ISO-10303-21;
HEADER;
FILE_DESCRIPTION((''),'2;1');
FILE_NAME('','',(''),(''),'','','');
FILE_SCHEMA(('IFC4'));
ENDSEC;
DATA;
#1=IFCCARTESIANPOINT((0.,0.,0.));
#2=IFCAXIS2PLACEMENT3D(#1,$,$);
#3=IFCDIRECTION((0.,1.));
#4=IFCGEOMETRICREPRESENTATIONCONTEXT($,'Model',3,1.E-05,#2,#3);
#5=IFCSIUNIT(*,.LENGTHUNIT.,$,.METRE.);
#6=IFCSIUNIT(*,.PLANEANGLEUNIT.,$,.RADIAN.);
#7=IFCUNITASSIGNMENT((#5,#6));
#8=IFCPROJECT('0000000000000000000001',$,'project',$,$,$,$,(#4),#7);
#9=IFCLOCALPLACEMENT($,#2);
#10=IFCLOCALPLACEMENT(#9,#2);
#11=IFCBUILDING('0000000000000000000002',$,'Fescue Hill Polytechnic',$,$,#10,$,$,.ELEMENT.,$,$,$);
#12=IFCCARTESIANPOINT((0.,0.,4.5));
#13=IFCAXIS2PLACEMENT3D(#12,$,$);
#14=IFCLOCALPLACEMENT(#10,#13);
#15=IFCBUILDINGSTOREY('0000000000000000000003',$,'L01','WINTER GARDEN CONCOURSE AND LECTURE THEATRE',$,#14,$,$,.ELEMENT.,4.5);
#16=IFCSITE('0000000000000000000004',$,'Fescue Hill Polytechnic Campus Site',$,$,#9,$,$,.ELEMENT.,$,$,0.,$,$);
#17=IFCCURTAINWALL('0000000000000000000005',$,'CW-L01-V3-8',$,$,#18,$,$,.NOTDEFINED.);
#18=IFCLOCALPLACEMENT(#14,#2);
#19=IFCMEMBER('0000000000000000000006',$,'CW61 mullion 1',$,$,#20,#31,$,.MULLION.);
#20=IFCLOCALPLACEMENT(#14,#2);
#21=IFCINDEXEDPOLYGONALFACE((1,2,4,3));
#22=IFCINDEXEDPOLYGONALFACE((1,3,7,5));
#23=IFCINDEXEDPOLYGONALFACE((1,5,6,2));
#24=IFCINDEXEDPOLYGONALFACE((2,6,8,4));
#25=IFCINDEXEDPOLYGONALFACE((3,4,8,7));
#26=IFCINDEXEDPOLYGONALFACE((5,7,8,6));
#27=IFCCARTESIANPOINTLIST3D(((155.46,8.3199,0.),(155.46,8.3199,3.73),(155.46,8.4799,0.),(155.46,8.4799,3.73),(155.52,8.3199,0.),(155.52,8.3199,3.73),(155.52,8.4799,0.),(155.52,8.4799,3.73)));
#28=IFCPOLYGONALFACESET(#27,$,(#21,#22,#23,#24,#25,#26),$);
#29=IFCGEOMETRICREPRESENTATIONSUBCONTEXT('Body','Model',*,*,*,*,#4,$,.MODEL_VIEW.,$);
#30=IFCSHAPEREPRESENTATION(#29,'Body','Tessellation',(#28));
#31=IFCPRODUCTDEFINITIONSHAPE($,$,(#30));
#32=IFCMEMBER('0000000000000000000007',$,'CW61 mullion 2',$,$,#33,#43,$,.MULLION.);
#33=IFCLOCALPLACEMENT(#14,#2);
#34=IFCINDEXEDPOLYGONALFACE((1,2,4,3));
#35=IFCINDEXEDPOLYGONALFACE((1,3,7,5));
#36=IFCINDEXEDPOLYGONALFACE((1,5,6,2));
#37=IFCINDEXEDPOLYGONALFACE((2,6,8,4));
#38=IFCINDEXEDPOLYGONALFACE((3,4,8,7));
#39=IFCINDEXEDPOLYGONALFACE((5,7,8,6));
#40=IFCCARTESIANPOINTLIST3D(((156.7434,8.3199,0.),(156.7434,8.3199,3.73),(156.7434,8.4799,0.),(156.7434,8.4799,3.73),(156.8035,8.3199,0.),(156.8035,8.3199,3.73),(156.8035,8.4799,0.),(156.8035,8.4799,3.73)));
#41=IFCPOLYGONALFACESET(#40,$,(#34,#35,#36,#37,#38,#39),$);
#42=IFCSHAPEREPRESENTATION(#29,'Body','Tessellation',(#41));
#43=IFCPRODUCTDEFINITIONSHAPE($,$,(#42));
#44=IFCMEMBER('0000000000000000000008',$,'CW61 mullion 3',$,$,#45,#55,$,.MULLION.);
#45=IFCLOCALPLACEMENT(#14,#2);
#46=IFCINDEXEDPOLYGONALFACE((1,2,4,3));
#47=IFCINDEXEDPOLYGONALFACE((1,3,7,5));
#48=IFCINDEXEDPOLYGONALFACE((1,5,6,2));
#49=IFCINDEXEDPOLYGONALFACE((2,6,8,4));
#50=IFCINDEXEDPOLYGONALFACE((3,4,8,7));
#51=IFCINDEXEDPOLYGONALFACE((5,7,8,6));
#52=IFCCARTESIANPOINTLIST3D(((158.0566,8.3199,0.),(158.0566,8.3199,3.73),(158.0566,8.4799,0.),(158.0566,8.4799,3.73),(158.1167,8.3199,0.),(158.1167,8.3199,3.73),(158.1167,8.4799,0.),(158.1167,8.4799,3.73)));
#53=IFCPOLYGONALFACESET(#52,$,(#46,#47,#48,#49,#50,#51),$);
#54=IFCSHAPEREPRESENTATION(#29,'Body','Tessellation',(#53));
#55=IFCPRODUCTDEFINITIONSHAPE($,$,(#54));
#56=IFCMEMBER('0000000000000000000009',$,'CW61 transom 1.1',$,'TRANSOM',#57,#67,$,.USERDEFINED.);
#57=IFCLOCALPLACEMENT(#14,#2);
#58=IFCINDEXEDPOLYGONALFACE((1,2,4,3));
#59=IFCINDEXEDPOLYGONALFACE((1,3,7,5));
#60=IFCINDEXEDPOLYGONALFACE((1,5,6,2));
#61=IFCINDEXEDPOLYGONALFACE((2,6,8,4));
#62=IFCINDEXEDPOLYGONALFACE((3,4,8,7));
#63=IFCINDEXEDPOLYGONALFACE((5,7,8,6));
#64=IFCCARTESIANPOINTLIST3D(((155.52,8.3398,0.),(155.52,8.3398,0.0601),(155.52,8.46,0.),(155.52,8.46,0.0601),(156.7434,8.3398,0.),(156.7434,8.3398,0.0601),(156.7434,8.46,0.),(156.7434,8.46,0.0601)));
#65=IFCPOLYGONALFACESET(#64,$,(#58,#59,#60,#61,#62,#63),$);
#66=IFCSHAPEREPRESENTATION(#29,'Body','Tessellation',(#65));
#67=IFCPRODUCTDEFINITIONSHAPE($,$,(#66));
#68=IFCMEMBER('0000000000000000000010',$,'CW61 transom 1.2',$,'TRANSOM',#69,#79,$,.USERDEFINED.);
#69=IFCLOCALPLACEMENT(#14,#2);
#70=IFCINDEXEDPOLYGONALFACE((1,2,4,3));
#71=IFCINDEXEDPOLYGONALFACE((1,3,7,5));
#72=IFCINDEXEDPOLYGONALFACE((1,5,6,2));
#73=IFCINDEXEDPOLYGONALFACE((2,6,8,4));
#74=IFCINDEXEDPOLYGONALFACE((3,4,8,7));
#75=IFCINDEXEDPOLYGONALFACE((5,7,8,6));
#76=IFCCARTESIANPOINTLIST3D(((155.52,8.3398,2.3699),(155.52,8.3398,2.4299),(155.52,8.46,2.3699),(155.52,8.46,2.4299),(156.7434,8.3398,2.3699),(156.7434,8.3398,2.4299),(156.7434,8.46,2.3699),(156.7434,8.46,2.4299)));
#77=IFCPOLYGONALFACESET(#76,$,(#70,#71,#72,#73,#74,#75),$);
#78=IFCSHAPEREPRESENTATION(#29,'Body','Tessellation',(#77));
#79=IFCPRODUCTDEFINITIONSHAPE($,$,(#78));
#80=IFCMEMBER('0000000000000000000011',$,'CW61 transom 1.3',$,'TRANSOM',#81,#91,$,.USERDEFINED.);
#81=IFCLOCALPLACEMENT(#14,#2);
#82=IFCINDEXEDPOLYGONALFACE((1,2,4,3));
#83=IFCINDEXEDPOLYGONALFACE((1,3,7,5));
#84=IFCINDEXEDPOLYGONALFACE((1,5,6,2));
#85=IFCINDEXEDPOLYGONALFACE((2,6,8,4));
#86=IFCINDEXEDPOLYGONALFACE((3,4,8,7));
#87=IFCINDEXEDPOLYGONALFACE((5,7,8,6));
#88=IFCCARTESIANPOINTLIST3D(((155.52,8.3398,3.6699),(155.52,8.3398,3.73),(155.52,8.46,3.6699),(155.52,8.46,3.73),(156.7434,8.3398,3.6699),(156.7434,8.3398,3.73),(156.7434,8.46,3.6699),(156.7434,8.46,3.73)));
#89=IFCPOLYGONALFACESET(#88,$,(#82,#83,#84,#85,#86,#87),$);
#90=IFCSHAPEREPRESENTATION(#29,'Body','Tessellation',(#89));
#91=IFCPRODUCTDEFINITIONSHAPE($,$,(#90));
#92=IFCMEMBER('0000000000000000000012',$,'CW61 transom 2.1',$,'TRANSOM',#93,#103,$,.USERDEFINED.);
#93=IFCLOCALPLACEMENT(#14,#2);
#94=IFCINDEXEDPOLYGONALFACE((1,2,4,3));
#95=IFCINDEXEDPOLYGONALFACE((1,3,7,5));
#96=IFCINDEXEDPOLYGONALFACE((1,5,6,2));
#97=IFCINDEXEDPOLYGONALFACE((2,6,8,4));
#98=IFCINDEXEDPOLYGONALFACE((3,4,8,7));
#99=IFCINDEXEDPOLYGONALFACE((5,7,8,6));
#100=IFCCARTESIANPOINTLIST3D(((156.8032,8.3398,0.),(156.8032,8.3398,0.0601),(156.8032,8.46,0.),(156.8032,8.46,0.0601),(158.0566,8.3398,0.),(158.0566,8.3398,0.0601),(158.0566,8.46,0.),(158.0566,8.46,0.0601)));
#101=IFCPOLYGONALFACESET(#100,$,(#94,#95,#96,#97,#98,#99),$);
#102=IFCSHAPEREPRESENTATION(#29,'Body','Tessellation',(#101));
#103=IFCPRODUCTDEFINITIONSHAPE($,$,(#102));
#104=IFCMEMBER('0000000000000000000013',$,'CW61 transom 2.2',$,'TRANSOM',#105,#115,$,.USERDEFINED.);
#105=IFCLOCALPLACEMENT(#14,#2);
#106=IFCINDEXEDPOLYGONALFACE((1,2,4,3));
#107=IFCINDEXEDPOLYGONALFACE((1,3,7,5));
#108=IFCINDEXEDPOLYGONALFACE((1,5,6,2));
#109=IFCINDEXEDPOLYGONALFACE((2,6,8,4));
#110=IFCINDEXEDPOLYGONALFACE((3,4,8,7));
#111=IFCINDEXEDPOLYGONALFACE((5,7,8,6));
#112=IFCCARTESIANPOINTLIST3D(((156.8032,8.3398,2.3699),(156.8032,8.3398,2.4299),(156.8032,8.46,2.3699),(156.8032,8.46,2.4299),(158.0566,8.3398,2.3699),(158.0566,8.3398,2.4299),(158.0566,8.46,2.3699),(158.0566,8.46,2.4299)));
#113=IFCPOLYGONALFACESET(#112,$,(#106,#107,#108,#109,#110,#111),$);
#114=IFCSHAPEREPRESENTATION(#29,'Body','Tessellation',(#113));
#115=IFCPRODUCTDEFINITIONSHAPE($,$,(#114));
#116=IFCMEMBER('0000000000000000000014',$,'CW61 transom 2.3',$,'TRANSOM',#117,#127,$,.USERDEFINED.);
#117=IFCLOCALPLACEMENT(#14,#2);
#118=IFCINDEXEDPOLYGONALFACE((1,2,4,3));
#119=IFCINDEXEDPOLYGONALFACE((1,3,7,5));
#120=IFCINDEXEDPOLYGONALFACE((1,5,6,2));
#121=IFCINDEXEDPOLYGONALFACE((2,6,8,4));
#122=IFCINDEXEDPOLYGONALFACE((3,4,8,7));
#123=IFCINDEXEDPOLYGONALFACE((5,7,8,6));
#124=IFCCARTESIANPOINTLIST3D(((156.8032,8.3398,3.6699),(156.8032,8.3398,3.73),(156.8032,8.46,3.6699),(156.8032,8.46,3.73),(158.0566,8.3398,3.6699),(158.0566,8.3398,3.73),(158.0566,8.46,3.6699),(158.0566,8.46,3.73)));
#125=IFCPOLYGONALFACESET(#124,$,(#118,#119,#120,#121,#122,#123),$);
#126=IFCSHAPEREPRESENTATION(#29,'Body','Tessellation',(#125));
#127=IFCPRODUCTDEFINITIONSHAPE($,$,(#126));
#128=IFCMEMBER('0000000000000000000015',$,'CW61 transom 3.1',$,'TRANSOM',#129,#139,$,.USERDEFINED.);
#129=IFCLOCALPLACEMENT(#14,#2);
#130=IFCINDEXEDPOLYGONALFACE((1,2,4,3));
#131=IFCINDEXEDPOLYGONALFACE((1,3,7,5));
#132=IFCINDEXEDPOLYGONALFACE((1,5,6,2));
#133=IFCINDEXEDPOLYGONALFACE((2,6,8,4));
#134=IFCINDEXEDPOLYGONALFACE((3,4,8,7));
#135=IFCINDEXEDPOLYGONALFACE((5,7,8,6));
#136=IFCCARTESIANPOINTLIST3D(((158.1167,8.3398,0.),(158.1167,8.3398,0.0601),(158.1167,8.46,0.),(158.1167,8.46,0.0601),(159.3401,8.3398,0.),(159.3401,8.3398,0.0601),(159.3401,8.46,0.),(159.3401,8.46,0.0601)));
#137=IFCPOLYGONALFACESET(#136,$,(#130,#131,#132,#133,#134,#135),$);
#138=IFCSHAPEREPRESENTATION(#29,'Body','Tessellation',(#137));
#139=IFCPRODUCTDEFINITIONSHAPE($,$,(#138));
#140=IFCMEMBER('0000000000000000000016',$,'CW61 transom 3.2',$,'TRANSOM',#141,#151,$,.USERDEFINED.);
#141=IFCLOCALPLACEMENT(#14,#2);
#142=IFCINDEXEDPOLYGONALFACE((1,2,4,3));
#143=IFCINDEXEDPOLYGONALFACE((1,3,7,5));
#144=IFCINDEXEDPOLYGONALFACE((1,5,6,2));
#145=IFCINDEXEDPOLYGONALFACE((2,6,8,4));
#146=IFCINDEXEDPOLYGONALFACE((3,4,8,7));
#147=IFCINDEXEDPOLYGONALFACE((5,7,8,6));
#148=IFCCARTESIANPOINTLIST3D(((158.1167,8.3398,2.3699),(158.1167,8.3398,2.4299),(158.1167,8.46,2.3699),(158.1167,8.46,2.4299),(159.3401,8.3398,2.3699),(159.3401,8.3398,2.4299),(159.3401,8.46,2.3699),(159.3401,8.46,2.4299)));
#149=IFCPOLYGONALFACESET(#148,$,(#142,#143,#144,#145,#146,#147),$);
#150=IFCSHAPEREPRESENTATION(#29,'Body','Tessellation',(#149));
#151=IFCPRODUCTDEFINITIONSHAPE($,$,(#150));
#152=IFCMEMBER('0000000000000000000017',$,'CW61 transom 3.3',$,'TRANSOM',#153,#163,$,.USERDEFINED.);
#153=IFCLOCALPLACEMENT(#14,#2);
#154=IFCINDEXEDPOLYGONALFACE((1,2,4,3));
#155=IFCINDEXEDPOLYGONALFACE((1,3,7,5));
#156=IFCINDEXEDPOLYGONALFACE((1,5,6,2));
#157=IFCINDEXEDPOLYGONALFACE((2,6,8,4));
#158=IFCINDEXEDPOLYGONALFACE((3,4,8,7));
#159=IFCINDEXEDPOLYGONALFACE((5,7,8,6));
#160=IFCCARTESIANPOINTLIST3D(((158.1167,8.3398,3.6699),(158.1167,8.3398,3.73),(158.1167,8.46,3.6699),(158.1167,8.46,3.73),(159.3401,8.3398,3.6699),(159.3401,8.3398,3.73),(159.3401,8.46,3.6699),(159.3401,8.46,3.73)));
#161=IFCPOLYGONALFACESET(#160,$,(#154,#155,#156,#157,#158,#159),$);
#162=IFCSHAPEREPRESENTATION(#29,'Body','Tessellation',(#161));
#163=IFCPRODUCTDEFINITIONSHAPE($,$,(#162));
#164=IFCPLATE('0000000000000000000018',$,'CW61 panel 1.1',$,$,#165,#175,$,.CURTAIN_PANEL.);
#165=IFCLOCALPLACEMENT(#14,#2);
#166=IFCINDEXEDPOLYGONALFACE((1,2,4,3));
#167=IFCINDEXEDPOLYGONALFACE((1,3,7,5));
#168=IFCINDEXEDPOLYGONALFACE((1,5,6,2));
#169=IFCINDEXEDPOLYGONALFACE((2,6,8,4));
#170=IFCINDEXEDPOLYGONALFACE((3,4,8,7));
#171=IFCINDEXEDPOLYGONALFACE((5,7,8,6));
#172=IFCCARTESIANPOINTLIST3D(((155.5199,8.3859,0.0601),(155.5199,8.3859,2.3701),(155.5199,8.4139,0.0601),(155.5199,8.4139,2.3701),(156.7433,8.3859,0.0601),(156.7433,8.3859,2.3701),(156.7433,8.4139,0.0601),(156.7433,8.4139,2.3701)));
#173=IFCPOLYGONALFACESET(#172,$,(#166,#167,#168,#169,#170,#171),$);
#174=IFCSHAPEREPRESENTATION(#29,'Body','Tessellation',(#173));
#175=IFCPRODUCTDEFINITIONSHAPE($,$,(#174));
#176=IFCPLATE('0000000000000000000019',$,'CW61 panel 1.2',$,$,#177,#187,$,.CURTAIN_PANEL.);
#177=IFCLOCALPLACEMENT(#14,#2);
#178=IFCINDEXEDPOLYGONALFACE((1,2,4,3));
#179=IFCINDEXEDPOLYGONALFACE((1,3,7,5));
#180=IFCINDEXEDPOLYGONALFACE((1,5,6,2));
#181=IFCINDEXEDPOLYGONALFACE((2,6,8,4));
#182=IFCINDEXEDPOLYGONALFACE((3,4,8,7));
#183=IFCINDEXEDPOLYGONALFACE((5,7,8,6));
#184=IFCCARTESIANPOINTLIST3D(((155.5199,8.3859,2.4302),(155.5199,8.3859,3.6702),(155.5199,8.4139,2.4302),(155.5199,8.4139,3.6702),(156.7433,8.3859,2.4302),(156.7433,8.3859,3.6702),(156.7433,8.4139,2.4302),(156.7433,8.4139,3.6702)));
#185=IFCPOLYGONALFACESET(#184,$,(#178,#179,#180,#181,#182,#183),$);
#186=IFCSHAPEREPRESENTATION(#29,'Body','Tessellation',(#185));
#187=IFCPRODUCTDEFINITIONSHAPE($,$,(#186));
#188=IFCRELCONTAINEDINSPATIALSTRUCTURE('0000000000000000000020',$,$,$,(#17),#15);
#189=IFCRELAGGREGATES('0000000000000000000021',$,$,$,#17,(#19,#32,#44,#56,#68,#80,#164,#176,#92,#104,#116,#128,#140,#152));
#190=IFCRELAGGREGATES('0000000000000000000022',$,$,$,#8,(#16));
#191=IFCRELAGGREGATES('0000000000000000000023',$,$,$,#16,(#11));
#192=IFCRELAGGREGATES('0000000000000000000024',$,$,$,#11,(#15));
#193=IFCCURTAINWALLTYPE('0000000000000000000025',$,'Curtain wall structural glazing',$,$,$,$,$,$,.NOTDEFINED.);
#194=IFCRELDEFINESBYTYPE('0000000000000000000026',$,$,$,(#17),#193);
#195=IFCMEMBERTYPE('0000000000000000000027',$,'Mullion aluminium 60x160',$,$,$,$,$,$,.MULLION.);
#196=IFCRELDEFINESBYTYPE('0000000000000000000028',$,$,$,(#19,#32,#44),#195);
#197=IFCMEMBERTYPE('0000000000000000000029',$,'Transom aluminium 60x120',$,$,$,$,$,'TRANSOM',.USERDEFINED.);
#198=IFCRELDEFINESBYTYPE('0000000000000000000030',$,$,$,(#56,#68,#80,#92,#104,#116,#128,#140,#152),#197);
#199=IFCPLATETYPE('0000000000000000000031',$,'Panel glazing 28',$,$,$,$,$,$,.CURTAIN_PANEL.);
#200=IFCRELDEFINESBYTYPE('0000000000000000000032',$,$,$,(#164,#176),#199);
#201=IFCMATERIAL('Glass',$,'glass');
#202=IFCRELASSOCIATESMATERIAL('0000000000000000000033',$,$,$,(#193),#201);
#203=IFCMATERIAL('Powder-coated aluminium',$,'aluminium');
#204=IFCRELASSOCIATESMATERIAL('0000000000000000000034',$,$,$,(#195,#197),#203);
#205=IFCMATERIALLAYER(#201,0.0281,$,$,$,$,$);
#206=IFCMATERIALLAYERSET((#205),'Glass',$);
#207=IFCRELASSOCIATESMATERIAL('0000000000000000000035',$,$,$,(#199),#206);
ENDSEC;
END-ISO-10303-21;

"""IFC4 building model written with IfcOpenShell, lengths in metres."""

from ifc_helpers import new_model, si_unit, direction, frame, origin, origin_2d, place, context, subcontext, project, spatial, rectangle, extrude, material, layer, layer_set, material_profile, profile_set, type_object, element, aggregate, save


model = new_model("IFC4")

# Units and contexts
model_context = context("Model", 3, precision=1e-05, world=origin(), true_north=direction((0.0, 1.0)))
body_context = subcontext(model_context, "Body", "Model", "MODEL_VIEW")
ifc_project = project(units=[si_unit("LENGTHUNIT", "METRE"), si_unit("PLANEANGLEUNIT", "RADIAN")], contexts=[model_context])

# Site, building, storey
site_placement = place(None, origin())
site = spatial("IfcSite", under=ifc_project, at=site_placement, Name="Fescue Hill Polytechnic Campus Site", CompositionType="ELEMENT", RefElevation=0.0)
building_placement = place(site_placement, origin())
building = spatial("IfcBuilding", under=site, at=building_placement, Name="Fescue Hill Polytechnic", CompositionType="ELEMENT")
storey_placement = place(building_placement, frame((0.0, 0.0, 4.5)))
storey = spatial("IfcBuildingStorey", under=building, at=storey_placement, Name="L01", Description="WINTER GARDEN CONCOURSE AND LECTURE THEATRE", CompositionType="ELEMENT", Elevation=4.5)

# Curtain wall, members, plates
ifc_material_1 = material(Name="Glass", Category="glass")
curtain_wall_type = type_object("IfcCurtainWallType", Name="Curtain wall structural glazing", PredefinedType="NOTDEFINED", material=ifc_material_1)
curtain_wall_placement = place(storey_placement, origin())
curtain_wall = element("IfcCurtainWall", 1, at=curtain_wall_placement, inside=storey, type_object=curtain_wall_type, Name="CW-L01-V3-8", PredefinedType="NOTDEFINED")
ifc_material_2 = material(Name="Powder-coated aluminium", Category="aluminium")
ifc_material_profile_1 = material_profile(ifc_material_2, rectangle(XDim=0.1599, YDim=0.0601, at=origin_2d()), Name="Mullion aluminium 60x160")
ifc_profile_set_1 = profile_set([ifc_material_profile_1], Name="Powder-coated aluminium")
member_type_1 = type_object("IfcMemberType", Name="Mullion aluminium 60x160", PredefinedType="MULLION", material=ifc_profile_set_1)
member_1_placement = place(storey_placement, frame((155.49, 8.3999, 0.0), z_axis=(0.0, 0.0, 1.0), x_axis=(0.0, 1.0, 0.0)))
member_1 = element("IfcMember", 2, at=member_1_placement, type_object=member_type_1, Name="CW61 mullion 1", PredefinedType="MULLION", context=body_context, shape_type="SweptSolid", body=[
    extrude(rectangle(XDim=0.1599, YDim=0.0601, at=origin_2d()), origin(), (0.0, 0.0, 1.0), 3.73),
])
member_2_placement = place(storey_placement, frame((156.7734, 8.3999, 0.0), z_axis=(0.0, 0.0, 1.0), x_axis=(0.0, 1.0, 0.0)))
member_2 = element("IfcMember", 3, at=member_2_placement, type_object=member_type_1, Name="CW61 mullion 2", PredefinedType="MULLION", context=body_context, shape_type="SweptSolid", body=[
    extrude(rectangle(XDim=0.1599, YDim=0.0601, at=origin_2d()), origin(), (0.0, 0.0, 1.0), 3.73),
])
member_3_placement = place(storey_placement, frame((158.0867, 8.3999, 0.0), z_axis=(0.0, 0.0, 1.0), x_axis=(0.0, 1.0, 0.0)))
member_3 = element("IfcMember", 4, at=member_3_placement, type_object=member_type_1, Name="CW61 mullion 3", PredefinedType="MULLION", context=body_context, shape_type="SweptSolid", body=[
    extrude(rectangle(XDim=0.1599, YDim=0.0601, at=origin_2d()), origin(), (0.0, 0.0, 1.0), 3.73),
])
ifc_material_profile_2 = material_profile(ifc_material_2, rectangle(XDim=0.1201, YDim=0.0601, at=origin_2d()), Name="Transom aluminium 60x120")
ifc_profile_set_2 = profile_set([ifc_material_profile_2], Name="Powder-coated aluminium")
member_type_2 = type_object("IfcMemberType", Name="Transom aluminium 60x120", ElementType="TRANSOM", PredefinedType="USERDEFINED", material=ifc_profile_set_2)
member_4_placement = place(storey_placement, frame((155.52, 8.3999, 0.03), z_axis=(1.0, 0.0, 0.0), x_axis=(0.0, 1.0, 0.0)))
member_4 = element("IfcMember", 5, at=member_4_placement, type_object=member_type_2, Name="CW61 transom 1.1", ObjectType="TRANSOM", PredefinedType="USERDEFINED", context=body_context, shape_type="SweptSolid", body=[
    extrude(rectangle(XDim=0.1201, YDim=0.0601, at=origin_2d()), origin(), (0.0, 0.0, 1.0), 1.2234),
])
member_5_placement = place(storey_placement, frame((155.52, 8.3999, 2.3999), z_axis=(1.0, 0.0, 0.0), x_axis=(0.0, 1.0, 0.0)))
member_5 = element("IfcMember", 6, at=member_5_placement, type_object=member_type_2, Name="CW61 transom 1.2", ObjectType="TRANSOM", PredefinedType="USERDEFINED", context=body_context, shape_type="SweptSolid", body=[
    extrude(rectangle(XDim=0.1201, YDim=0.0601, at=origin_2d()), origin(), (0.0, 0.0, 1.0), 1.2234),
])
member_6_placement = place(storey_placement, frame((155.52, 8.3999, 3.7), z_axis=(1.0, 0.0, 0.0), x_axis=(0.0, 1.0, 0.0)))
member_6 = element("IfcMember", 7, at=member_6_placement, type_object=member_type_2, Name="CW61 transom 1.3", ObjectType="TRANSOM", PredefinedType="USERDEFINED", context=body_context, shape_type="SweptSolid", body=[
    extrude(rectangle(XDim=0.1201, YDim=0.0601, at=origin_2d()), origin(), (0.0, 0.0, 1.0), 1.2234),
])
member_7_placement = place(storey_placement, frame((156.8032, 8.3999, 0.03), z_axis=(1.0, 0.0, 0.0), x_axis=(0.0, 1.0, 0.0)))
member_7 = element("IfcMember", 8, at=member_7_placement, type_object=member_type_2, Name="CW61 transom 2.1", ObjectType="TRANSOM", PredefinedType="USERDEFINED", context=body_context, shape_type="SweptSolid", body=[
    extrude(rectangle(XDim=0.1201, YDim=0.0601, at=origin_2d()), origin(), (0.0, 0.0, 1.0), 1.2534),
])
member_8_placement = place(storey_placement, frame((156.8032, 8.3999, 2.3999), z_axis=(1.0, 0.0, 0.0), x_axis=(0.0, 1.0, 0.0)))
member_8 = element("IfcMember", 9, at=member_8_placement, type_object=member_type_2, Name="CW61 transom 2.2", ObjectType="TRANSOM", PredefinedType="USERDEFINED", context=body_context, shape_type="SweptSolid", body=[
    extrude(rectangle(XDim=0.1201, YDim=0.0601, at=origin_2d()), origin(), (0.0, 0.0, 1.0), 1.2534),
])
member_9_placement = place(storey_placement, frame((156.8032, 8.3999, 3.7), z_axis=(1.0, 0.0, 0.0), x_axis=(0.0, 1.0, 0.0)))
member_9 = element("IfcMember", 10, at=member_9_placement, type_object=member_type_2, Name="CW61 transom 2.3", ObjectType="TRANSOM", PredefinedType="USERDEFINED", context=body_context, shape_type="SweptSolid", body=[
    extrude(rectangle(XDim=0.1201, YDim=0.0601, at=origin_2d()), origin(), (0.0, 0.0, 1.0), 1.2534),
])
member_10_placement = place(storey_placement, frame((158.1167, 8.3999, 0.03), z_axis=(1.0, 0.0, 0.0), x_axis=(0.0, 1.0, 0.0)))
member_10 = element("IfcMember", 11, at=member_10_placement, type_object=member_type_2, Name="CW61 transom 3.1", ObjectType="TRANSOM", PredefinedType="USERDEFINED", context=body_context, shape_type="SweptSolid", body=[
    extrude(rectangle(XDim=0.1201, YDim=0.0601, at=origin_2d()), origin(), (0.0, 0.0, 1.0), 1.2234),
])
member_11_placement = place(storey_placement, frame((158.1167, 8.3999, 2.3999), z_axis=(1.0, 0.0, 0.0), x_axis=(0.0, 1.0, 0.0)))
member_11 = element("IfcMember", 12, at=member_11_placement, type_object=member_type_2, Name="CW61 transom 3.2", ObjectType="TRANSOM", PredefinedType="USERDEFINED", context=body_context, shape_type="SweptSolid", body=[
    extrude(rectangle(XDim=0.1201, YDim=0.0601, at=origin_2d()), origin(), (0.0, 0.0, 1.0), 1.2234),
])
member_12_placement = place(storey_placement, frame((158.1167, 8.3999, 3.7), z_axis=(1.0, 0.0, 0.0), x_axis=(0.0, 1.0, 0.0)))
member_12 = element("IfcMember", 13, at=member_12_placement, type_object=member_type_2, Name="CW61 transom 3.3", ObjectType="TRANSOM", PredefinedType="USERDEFINED", context=body_context, shape_type="SweptSolid", body=[
    extrude(rectangle(XDim=0.1201, YDim=0.0601, at=origin_2d()), origin(), (0.0, 0.0, 1.0), 1.2234),
])
ifc_layer_1 = layer(ifc_material_1, 0.0281)
ifc_layer_set_1 = layer_set([ifc_layer_1], Name="Glass")
plate_type = type_object("IfcPlateType", Name="Panel glazing 28", PredefinedType="CURTAIN_PANEL", material=ifc_layer_set_1)
plate_1_placement = place(storey_placement, frame((156.1316, 8.3999, 0.0601), z_axis=(0.0, 0.0, 1.0), x_axis=(1.0, 0.0, 0.0)))
plate_1 = element("IfcPlate", 14, at=plate_1_placement, type_object=plate_type, Name="CW61 panel 1.1", PredefinedType="CURTAIN_PANEL", context=body_context, shape_type="SweptSolid", body=[
    extrude(rectangle(XDim=1.2234, YDim=0.0281, at=origin_2d()), origin(), (0.0, 0.0, 1.0), 2.3101),
])
plate_2_placement = place(storey_placement, frame((156.1316, 8.3999, 2.4302), z_axis=(0.0, 0.0, 1.0), x_axis=(1.0, 0.0, 0.0)))
plate_2 = element("IfcPlate", 15, at=plate_2_placement, type_object=plate_type, Name="CW61 panel 1.2", PredefinedType="CURTAIN_PANEL", context=body_context, shape_type="SweptSolid", body=[
    extrude(rectangle(XDim=1.2234, YDim=0.0281, at=origin_2d()), origin(), (0.0, 0.0, 1.0), 1.24),
])
aggregate(curtain_wall, [member_1, member_2, member_3, member_4, member_5, member_6, plate_1, plate_2, member_7, member_8, member_9, member_10, member_11, member_12])

save(model, "model.ifc")
